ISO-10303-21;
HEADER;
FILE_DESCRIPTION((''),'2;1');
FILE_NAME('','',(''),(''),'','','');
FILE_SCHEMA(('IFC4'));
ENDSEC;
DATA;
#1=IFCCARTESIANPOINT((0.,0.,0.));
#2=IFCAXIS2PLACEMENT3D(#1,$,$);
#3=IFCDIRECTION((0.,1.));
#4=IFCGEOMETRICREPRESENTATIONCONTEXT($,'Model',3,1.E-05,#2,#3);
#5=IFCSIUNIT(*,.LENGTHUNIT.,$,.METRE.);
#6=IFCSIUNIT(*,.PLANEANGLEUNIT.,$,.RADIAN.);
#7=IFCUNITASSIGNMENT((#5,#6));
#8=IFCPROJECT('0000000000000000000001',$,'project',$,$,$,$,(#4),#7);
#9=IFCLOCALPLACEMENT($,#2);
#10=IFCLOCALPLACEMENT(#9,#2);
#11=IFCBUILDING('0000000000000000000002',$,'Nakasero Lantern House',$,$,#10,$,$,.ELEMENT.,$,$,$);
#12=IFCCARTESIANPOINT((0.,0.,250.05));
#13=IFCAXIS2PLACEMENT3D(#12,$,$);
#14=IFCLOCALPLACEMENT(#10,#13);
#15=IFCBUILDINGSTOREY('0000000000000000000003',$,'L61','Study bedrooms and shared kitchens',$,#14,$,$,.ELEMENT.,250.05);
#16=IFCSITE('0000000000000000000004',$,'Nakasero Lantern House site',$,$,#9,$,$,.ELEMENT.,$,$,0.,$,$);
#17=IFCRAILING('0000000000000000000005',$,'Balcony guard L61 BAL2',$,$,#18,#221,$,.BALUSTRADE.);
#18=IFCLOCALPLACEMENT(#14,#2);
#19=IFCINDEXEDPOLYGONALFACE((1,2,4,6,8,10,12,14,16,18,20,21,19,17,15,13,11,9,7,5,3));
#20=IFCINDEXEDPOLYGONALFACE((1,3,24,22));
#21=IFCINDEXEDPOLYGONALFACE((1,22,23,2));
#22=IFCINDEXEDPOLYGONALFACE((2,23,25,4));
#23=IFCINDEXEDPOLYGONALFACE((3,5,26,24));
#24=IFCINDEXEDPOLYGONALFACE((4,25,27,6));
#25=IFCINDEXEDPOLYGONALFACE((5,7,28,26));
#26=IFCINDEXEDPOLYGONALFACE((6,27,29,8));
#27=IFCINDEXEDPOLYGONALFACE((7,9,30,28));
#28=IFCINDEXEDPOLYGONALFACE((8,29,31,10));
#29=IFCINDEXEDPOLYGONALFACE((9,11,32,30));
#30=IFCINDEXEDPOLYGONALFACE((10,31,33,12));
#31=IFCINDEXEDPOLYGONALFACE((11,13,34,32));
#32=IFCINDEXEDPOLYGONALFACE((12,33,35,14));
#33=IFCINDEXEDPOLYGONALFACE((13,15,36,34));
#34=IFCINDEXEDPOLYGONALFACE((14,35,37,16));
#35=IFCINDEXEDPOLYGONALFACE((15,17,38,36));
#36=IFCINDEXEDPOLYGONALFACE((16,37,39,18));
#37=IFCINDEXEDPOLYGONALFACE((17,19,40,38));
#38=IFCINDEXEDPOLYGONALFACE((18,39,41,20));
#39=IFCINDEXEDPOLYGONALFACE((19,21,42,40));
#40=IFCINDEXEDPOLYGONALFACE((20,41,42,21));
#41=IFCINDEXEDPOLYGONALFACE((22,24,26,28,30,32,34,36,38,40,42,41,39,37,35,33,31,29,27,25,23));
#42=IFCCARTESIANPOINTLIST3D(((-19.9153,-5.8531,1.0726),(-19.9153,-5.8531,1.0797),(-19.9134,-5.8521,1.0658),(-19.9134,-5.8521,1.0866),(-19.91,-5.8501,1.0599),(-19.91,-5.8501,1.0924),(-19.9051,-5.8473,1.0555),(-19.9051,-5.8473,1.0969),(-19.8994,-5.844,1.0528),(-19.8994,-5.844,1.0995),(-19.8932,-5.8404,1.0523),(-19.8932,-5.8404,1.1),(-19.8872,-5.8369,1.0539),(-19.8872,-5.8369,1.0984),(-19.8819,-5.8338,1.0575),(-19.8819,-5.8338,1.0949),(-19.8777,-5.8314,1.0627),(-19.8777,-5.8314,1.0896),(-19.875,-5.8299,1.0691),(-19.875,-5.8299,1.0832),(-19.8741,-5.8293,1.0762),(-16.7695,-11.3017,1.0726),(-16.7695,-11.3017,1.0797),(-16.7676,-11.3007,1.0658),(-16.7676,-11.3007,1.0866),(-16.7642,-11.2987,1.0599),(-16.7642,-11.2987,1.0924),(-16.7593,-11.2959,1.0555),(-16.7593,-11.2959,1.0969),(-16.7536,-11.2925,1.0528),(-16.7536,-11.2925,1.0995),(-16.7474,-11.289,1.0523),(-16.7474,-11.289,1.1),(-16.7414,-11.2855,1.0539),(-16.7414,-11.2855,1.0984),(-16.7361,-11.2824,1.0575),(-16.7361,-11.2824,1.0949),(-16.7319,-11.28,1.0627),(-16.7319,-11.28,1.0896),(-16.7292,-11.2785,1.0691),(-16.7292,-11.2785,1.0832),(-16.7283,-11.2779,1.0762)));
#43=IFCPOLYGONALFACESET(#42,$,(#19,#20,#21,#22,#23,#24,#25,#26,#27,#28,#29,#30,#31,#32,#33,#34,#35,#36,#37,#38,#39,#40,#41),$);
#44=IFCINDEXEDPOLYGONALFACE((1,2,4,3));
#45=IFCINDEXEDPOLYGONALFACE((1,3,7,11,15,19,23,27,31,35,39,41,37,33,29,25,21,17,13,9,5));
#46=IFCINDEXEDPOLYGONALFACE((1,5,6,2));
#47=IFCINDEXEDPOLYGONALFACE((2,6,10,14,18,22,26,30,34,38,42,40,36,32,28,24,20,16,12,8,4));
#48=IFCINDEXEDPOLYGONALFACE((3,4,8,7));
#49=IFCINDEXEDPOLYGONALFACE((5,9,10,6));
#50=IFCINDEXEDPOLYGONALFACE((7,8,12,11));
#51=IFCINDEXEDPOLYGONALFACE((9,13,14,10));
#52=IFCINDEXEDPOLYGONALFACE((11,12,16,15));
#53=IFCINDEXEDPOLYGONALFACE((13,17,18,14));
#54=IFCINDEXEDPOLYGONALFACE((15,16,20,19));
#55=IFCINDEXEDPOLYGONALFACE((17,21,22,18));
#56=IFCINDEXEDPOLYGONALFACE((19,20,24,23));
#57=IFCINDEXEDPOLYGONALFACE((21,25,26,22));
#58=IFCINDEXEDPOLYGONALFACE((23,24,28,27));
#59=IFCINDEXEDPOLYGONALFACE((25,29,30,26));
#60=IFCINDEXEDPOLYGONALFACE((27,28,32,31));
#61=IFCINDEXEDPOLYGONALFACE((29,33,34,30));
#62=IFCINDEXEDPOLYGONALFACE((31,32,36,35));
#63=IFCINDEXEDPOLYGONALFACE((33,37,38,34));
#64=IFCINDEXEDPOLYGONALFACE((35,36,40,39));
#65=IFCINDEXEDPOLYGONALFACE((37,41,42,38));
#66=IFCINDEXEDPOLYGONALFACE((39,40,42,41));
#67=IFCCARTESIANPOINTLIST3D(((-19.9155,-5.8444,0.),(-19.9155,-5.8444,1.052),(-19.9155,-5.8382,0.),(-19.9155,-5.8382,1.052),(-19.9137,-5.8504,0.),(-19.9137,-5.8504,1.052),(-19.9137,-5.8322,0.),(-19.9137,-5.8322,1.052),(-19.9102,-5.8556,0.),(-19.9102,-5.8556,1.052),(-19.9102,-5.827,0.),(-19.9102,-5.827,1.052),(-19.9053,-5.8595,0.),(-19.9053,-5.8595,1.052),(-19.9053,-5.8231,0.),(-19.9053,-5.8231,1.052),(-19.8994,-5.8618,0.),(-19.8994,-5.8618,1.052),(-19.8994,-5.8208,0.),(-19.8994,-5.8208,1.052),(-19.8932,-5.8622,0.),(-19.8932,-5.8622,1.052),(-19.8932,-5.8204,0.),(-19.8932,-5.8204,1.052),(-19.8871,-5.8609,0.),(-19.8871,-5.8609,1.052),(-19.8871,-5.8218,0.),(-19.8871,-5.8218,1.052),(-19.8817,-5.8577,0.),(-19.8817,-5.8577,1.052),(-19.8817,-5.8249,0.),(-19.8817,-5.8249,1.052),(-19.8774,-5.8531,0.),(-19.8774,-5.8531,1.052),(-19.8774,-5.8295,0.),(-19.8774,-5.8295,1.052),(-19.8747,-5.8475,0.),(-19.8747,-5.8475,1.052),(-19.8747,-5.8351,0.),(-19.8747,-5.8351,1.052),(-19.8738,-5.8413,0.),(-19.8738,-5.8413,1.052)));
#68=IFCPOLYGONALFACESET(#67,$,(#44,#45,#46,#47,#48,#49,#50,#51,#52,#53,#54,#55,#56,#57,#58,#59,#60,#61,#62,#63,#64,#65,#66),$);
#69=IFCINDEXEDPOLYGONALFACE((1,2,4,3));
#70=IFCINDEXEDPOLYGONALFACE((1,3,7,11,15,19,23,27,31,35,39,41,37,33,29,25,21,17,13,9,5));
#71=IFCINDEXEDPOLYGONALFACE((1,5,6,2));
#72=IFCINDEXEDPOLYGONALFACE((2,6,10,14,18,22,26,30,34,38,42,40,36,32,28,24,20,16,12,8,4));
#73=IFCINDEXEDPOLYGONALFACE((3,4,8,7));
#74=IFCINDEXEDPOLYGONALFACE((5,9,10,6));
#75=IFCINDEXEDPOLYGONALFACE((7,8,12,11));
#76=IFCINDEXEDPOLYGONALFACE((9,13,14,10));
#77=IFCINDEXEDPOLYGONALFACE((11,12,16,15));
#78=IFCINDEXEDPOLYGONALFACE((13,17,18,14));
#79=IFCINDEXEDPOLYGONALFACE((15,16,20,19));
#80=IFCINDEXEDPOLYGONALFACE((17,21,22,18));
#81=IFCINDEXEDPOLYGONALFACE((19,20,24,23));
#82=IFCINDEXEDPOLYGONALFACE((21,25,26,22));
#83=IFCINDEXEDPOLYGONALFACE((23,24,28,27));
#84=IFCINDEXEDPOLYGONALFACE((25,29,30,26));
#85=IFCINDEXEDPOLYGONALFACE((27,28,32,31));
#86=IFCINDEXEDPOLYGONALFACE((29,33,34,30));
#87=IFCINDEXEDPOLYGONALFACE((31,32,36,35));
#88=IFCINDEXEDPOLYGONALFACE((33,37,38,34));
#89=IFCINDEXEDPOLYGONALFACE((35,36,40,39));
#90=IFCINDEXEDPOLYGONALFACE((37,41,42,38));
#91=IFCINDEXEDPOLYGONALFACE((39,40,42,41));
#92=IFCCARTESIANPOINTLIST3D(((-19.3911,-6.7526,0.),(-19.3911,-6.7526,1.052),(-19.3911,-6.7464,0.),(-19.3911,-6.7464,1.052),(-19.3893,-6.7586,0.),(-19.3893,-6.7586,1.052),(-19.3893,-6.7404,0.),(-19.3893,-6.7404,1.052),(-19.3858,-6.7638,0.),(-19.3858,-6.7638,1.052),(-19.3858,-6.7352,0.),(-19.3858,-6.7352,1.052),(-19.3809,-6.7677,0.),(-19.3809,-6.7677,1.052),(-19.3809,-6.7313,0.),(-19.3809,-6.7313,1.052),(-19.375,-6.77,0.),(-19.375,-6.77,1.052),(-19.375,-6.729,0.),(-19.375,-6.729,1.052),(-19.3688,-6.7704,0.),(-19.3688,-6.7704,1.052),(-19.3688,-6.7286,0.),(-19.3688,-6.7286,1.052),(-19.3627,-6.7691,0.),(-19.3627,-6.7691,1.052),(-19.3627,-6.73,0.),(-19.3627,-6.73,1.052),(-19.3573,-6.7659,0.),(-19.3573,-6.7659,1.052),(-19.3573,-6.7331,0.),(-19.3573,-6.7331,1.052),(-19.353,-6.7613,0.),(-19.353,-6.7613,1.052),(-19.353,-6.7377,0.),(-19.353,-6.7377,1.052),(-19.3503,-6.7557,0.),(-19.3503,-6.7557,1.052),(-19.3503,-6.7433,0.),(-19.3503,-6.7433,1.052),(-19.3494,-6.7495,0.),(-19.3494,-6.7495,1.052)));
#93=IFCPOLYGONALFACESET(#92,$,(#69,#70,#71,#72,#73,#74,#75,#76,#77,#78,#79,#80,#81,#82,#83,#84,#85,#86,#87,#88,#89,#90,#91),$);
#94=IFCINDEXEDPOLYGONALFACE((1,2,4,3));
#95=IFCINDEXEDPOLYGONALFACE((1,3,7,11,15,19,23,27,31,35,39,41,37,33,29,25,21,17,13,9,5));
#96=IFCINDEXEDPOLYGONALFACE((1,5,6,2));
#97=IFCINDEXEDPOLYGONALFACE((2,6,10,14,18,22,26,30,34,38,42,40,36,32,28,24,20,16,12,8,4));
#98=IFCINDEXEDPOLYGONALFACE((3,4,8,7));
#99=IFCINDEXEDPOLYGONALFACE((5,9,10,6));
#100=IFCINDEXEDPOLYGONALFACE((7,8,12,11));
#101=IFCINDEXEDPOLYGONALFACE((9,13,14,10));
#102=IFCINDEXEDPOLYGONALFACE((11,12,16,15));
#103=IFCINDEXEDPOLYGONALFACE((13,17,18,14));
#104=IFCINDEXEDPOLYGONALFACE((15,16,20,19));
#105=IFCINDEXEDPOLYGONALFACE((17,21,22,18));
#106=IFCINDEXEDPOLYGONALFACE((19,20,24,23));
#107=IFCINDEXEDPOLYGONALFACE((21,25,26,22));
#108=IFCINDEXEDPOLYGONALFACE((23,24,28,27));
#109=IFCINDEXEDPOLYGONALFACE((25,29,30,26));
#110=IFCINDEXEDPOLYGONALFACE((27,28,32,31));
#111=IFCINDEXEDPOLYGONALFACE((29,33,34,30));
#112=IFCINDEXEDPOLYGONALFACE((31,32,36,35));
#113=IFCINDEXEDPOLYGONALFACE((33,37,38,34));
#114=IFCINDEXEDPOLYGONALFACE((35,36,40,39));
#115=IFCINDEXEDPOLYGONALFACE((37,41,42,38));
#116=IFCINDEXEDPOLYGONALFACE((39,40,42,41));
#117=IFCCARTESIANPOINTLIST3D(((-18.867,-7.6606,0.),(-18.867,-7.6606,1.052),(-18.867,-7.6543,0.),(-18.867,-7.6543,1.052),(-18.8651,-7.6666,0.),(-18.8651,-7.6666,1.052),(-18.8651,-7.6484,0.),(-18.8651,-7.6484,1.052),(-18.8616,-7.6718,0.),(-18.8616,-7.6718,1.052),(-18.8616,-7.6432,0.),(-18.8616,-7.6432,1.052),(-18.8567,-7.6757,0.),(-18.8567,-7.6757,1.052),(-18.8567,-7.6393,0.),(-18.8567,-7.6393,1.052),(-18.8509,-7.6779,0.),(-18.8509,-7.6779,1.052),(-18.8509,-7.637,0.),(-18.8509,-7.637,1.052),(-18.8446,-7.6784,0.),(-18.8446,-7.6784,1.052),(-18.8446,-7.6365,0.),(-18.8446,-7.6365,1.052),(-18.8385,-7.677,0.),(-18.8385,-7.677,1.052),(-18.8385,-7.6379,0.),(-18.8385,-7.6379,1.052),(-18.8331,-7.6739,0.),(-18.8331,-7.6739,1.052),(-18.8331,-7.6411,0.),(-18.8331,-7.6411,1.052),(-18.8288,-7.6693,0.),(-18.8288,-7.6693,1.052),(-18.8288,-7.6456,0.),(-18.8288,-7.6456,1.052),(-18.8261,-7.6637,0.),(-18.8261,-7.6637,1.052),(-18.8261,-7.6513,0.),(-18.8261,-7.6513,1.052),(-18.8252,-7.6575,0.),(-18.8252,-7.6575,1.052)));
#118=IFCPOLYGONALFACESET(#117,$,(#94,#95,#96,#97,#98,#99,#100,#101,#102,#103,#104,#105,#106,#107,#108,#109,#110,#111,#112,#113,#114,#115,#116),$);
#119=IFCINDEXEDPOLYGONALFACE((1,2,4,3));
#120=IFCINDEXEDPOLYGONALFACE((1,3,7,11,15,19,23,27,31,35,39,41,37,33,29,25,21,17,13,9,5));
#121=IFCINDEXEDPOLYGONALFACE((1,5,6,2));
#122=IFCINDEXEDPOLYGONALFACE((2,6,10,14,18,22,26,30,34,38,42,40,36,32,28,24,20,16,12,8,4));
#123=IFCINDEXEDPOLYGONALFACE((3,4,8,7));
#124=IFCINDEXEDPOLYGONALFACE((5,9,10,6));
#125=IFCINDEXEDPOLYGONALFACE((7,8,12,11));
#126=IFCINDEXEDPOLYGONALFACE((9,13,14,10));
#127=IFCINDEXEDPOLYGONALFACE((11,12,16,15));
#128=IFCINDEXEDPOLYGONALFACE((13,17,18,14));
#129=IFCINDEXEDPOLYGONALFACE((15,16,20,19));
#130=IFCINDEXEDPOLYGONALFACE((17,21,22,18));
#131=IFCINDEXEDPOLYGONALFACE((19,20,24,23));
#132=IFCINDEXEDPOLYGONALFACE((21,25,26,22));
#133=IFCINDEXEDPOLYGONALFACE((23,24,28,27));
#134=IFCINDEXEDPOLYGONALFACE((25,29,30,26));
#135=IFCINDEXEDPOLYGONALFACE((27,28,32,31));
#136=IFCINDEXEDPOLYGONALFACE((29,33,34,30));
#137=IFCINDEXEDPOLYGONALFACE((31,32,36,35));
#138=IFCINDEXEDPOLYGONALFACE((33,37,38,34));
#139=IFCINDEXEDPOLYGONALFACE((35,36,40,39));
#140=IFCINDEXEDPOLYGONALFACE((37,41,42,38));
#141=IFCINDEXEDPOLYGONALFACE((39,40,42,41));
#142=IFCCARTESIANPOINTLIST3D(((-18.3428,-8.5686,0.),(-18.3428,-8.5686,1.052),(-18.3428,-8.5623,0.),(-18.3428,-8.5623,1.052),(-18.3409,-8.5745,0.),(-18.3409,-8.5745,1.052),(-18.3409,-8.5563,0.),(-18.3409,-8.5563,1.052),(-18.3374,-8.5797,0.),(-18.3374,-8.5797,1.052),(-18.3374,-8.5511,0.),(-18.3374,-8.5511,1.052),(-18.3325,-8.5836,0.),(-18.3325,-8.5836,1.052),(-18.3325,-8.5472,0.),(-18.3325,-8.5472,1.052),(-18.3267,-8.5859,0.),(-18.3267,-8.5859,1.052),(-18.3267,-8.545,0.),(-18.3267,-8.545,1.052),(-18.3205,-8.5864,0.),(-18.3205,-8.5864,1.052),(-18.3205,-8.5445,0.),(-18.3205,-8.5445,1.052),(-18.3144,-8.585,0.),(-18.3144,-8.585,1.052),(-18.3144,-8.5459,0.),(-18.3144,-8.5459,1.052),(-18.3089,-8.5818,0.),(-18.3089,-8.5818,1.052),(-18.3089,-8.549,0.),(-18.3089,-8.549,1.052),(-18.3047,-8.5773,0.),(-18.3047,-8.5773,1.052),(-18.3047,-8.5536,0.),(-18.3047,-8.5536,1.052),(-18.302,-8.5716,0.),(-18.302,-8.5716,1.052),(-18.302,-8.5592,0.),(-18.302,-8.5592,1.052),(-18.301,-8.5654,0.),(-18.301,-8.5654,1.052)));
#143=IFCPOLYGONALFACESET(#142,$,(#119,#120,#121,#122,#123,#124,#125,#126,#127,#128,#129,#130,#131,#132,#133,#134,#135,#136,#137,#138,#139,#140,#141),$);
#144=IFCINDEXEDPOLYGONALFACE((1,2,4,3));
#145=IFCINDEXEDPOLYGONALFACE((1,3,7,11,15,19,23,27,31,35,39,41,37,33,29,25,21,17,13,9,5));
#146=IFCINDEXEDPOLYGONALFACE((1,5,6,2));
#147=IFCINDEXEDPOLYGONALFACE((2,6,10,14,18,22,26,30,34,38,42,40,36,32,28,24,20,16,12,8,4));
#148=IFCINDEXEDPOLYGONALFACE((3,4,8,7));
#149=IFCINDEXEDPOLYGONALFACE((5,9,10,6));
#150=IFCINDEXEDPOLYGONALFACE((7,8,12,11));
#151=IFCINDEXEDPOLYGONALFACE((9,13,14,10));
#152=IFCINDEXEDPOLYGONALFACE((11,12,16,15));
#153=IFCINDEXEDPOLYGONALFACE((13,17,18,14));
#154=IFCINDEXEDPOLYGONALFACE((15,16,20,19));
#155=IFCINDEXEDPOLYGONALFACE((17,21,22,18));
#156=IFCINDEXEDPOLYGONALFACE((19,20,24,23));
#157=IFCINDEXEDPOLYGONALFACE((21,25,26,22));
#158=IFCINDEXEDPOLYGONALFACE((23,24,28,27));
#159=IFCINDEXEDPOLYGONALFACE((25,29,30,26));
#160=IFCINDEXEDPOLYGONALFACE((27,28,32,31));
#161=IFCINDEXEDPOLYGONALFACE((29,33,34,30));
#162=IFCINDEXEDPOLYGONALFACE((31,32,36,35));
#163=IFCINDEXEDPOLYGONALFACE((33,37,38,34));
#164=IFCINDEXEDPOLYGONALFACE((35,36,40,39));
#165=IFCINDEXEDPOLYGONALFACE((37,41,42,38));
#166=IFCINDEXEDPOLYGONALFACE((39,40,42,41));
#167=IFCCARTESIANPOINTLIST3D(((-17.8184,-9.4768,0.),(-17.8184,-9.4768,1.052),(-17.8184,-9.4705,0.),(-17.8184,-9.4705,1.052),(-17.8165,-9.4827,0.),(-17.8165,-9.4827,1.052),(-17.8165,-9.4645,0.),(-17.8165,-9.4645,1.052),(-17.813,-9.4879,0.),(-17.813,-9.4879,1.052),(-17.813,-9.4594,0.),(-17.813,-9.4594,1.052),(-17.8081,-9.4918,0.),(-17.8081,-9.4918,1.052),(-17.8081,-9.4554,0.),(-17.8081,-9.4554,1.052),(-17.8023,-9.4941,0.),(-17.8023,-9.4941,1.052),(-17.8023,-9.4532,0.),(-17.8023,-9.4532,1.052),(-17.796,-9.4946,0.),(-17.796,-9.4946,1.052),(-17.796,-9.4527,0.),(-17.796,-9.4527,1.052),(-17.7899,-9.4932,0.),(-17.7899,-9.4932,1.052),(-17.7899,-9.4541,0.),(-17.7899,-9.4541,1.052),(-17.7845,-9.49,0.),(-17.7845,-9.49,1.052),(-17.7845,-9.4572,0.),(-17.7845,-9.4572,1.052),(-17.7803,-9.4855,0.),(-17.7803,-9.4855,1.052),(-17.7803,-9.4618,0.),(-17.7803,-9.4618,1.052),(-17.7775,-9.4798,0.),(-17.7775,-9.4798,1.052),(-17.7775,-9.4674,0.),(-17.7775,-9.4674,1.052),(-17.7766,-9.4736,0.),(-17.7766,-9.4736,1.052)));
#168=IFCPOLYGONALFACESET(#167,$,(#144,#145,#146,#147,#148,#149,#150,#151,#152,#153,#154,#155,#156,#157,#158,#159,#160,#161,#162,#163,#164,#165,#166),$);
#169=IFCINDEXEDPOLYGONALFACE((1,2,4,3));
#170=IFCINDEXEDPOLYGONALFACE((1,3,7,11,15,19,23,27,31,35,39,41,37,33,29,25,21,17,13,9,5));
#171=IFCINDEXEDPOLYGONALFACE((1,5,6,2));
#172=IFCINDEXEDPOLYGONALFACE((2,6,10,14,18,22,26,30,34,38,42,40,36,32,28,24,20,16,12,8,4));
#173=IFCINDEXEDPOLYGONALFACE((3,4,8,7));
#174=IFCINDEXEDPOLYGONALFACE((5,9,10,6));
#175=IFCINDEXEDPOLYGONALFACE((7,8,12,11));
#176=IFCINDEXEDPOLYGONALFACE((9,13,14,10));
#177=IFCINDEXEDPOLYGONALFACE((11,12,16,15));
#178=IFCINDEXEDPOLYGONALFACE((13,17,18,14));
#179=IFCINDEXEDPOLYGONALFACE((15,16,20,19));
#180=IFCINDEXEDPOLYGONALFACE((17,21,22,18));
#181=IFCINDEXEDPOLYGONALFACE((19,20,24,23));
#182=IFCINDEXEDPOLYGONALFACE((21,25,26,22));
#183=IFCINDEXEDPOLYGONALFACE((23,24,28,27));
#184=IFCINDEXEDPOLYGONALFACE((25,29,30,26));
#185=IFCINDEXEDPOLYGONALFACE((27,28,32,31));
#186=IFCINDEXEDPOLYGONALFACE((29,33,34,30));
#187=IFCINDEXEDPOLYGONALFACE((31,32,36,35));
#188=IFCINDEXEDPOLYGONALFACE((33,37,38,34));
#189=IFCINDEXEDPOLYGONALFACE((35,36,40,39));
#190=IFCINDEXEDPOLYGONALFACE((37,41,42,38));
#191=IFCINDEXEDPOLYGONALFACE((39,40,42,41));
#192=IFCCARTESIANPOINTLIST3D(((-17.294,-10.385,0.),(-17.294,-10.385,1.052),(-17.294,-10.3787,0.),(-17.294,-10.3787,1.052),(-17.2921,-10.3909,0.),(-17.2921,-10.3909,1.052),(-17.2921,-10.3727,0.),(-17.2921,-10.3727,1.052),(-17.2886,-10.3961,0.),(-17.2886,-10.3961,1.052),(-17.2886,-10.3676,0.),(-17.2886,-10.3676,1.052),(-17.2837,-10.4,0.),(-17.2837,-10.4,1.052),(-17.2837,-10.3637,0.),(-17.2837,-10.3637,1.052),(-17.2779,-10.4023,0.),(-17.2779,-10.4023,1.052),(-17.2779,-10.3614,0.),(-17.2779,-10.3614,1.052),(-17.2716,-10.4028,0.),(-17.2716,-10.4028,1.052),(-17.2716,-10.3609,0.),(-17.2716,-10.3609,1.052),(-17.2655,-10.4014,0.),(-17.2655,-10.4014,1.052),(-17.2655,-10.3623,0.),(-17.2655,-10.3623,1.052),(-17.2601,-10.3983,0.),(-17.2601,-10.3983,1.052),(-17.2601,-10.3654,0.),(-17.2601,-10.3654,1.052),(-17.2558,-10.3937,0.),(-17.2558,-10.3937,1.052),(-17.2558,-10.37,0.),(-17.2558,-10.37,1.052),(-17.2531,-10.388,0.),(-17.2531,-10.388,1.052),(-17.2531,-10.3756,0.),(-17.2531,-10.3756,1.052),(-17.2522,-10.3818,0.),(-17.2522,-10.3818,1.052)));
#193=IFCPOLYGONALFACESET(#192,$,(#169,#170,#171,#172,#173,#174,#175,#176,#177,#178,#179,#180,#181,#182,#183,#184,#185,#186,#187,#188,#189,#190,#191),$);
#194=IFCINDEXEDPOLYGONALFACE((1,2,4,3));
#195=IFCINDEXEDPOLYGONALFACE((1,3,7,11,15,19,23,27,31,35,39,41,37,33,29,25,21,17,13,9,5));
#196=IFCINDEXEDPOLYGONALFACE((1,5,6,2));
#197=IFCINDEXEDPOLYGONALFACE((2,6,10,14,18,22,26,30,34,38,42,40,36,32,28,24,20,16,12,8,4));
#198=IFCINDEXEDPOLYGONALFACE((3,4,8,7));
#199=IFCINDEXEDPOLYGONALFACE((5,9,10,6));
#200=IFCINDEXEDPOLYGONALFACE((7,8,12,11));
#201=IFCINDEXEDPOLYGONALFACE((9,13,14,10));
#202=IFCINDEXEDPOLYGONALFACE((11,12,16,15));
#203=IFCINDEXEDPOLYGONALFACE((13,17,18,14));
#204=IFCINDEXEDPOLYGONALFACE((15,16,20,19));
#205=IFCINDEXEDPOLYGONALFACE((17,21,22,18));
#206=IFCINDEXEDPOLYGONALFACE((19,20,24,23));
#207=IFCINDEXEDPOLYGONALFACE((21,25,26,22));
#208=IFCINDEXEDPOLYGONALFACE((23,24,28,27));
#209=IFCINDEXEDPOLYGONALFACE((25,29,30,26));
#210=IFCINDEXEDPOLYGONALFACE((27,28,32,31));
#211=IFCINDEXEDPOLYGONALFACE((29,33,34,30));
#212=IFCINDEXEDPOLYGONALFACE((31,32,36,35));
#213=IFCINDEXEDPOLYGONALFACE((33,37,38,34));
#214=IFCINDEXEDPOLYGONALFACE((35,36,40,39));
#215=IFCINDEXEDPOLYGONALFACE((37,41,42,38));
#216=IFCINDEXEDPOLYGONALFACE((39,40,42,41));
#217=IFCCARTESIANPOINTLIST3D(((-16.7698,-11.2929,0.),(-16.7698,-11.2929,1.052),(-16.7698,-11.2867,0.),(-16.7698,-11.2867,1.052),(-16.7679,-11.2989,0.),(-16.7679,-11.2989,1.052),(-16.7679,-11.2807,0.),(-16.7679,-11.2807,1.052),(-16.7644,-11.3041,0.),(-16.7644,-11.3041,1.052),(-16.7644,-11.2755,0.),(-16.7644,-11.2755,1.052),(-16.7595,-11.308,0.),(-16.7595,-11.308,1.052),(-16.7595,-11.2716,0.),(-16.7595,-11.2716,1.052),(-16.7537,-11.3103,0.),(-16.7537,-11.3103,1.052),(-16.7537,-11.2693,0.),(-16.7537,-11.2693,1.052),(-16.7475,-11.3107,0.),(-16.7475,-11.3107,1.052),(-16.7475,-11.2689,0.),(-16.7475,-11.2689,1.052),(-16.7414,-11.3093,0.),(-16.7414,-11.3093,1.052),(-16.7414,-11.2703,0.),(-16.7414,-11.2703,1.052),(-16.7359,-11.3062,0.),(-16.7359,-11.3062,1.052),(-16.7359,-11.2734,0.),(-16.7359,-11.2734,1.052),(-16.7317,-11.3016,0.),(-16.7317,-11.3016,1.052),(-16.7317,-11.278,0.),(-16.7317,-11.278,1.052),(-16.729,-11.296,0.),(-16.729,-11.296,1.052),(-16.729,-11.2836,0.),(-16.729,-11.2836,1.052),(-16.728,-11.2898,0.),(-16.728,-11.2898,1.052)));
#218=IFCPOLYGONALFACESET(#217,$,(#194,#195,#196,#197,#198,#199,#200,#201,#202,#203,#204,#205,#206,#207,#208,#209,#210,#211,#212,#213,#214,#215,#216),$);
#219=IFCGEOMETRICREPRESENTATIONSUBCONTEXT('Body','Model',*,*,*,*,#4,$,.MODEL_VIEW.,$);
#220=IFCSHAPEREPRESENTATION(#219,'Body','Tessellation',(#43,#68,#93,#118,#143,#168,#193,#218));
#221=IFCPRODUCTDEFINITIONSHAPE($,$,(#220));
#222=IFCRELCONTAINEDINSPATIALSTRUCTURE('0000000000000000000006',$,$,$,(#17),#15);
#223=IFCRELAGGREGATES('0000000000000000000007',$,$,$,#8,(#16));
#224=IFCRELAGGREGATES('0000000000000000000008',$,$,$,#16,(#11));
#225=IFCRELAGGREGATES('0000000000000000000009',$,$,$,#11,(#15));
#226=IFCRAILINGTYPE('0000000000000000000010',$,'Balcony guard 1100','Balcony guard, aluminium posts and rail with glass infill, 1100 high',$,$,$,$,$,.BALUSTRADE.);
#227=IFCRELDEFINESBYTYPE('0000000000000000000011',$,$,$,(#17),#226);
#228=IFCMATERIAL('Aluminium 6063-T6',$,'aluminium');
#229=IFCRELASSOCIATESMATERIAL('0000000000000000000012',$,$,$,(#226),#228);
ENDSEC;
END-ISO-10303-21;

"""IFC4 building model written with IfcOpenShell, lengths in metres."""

from ifc_helpers import new_model, si_unit, direction, frame, origin, origin_2d, place, context, subcontext, project, spatial, circle, extrude, material, type_object, element, save


model = new_model("IFC4")

# Units and contexts
model_context = context("Model", 3, precision=1e-05, world=origin(), true_north=direction((0.0, 1.0)))
body_context = subcontext(model_context, "Body", "Model", "MODEL_VIEW")
ifc_project = project(units=[si_unit("LENGTHUNIT", "METRE"), si_unit("PLANEANGLEUNIT", "RADIAN")], contexts=[model_context])

# Site, building, storey
site_placement = place(None, origin())
site = spatial("IfcSite", under=ifc_project, at=site_placement, Name="Nakasero Lantern House site", CompositionType="ELEMENT", RefElevation=0.0)
building_placement = place(site_placement, origin())
building = spatial("IfcBuilding", under=site, at=building_placement, Name="Nakasero Lantern House", CompositionType="ELEMENT")
storey_placement = place(building_placement, frame((0.0, 0.0, 250.05)))
storey = spatial("IfcBuildingStorey", under=building, at=storey_placement, Name="L61", Description="Study bedrooms and shared kitchens", CompositionType="ELEMENT", Elevation=250.05)

# Railing
ifc_material_1 = material(Name="Aluminium 6063-T6", Category="aluminium")
railing_type = type_object("IfcRailingType", Name="Balcony guard 1100", Description="Balcony guard, aluminium posts and rail with glass infill, 1100 high", PredefinedType="BALUSTRADE", material=ifc_material_1)
railing_placement = place(storey_placement, frame((-19.8948, -5.8413, 0.0)))
element("IfcRailing", 1, at=railing_placement, inside=storey, type_object=railing_type, Name="Balcony guard L61 BAL2", PredefinedType="BALUSTRADE", context=body_context, shape_type="SweptSolid", body=[
    extrude(circle(Radius=0.0239, at=origin_2d()), frame((0.0, 0.0, 1.0762), z_axis=(0.500008, -0.866021, 0.0), x_axis=(0.866021, 0.500008, 0.0)), (0.0, 0.0, 1.0), 6.2915),
    extrude(circle(Radius=0.021, at=origin_2d()), origin(), (0.0, 0.0, 1.0), 1.052),
    extrude(circle(Radius=0.021, at=origin_2d()), frame((0.5244, -0.9082, 0.0)), (0.0, 0.0, 1.0), 1.052),
    extrude(circle(Radius=0.021, at=origin_2d()), frame((1.0486, -1.8162, 0.0)), (0.0, 0.0, 1.0), 1.052),
    extrude(circle(Radius=0.021, at=origin_2d()), frame((1.5728, -2.7241, 0.0)), (0.0, 0.0, 1.0), 1.052),
    extrude(circle(Radius=0.021, at=origin_2d()), frame((2.0972, -3.6323, 0.0)), (0.0, 0.0, 1.0), 1.052),
    extrude(circle(Radius=0.021, at=origin_2d()), frame((2.6216, -4.5405, 0.0)), (0.0, 0.0, 1.0), 1.052),
    extrude(circle(Radius=0.021, at=origin_2d()), frame((3.1458, -5.4485, 0.0)), (0.0, 0.0, 1.0), 1.052),
])

save(model, "model.ifc")
